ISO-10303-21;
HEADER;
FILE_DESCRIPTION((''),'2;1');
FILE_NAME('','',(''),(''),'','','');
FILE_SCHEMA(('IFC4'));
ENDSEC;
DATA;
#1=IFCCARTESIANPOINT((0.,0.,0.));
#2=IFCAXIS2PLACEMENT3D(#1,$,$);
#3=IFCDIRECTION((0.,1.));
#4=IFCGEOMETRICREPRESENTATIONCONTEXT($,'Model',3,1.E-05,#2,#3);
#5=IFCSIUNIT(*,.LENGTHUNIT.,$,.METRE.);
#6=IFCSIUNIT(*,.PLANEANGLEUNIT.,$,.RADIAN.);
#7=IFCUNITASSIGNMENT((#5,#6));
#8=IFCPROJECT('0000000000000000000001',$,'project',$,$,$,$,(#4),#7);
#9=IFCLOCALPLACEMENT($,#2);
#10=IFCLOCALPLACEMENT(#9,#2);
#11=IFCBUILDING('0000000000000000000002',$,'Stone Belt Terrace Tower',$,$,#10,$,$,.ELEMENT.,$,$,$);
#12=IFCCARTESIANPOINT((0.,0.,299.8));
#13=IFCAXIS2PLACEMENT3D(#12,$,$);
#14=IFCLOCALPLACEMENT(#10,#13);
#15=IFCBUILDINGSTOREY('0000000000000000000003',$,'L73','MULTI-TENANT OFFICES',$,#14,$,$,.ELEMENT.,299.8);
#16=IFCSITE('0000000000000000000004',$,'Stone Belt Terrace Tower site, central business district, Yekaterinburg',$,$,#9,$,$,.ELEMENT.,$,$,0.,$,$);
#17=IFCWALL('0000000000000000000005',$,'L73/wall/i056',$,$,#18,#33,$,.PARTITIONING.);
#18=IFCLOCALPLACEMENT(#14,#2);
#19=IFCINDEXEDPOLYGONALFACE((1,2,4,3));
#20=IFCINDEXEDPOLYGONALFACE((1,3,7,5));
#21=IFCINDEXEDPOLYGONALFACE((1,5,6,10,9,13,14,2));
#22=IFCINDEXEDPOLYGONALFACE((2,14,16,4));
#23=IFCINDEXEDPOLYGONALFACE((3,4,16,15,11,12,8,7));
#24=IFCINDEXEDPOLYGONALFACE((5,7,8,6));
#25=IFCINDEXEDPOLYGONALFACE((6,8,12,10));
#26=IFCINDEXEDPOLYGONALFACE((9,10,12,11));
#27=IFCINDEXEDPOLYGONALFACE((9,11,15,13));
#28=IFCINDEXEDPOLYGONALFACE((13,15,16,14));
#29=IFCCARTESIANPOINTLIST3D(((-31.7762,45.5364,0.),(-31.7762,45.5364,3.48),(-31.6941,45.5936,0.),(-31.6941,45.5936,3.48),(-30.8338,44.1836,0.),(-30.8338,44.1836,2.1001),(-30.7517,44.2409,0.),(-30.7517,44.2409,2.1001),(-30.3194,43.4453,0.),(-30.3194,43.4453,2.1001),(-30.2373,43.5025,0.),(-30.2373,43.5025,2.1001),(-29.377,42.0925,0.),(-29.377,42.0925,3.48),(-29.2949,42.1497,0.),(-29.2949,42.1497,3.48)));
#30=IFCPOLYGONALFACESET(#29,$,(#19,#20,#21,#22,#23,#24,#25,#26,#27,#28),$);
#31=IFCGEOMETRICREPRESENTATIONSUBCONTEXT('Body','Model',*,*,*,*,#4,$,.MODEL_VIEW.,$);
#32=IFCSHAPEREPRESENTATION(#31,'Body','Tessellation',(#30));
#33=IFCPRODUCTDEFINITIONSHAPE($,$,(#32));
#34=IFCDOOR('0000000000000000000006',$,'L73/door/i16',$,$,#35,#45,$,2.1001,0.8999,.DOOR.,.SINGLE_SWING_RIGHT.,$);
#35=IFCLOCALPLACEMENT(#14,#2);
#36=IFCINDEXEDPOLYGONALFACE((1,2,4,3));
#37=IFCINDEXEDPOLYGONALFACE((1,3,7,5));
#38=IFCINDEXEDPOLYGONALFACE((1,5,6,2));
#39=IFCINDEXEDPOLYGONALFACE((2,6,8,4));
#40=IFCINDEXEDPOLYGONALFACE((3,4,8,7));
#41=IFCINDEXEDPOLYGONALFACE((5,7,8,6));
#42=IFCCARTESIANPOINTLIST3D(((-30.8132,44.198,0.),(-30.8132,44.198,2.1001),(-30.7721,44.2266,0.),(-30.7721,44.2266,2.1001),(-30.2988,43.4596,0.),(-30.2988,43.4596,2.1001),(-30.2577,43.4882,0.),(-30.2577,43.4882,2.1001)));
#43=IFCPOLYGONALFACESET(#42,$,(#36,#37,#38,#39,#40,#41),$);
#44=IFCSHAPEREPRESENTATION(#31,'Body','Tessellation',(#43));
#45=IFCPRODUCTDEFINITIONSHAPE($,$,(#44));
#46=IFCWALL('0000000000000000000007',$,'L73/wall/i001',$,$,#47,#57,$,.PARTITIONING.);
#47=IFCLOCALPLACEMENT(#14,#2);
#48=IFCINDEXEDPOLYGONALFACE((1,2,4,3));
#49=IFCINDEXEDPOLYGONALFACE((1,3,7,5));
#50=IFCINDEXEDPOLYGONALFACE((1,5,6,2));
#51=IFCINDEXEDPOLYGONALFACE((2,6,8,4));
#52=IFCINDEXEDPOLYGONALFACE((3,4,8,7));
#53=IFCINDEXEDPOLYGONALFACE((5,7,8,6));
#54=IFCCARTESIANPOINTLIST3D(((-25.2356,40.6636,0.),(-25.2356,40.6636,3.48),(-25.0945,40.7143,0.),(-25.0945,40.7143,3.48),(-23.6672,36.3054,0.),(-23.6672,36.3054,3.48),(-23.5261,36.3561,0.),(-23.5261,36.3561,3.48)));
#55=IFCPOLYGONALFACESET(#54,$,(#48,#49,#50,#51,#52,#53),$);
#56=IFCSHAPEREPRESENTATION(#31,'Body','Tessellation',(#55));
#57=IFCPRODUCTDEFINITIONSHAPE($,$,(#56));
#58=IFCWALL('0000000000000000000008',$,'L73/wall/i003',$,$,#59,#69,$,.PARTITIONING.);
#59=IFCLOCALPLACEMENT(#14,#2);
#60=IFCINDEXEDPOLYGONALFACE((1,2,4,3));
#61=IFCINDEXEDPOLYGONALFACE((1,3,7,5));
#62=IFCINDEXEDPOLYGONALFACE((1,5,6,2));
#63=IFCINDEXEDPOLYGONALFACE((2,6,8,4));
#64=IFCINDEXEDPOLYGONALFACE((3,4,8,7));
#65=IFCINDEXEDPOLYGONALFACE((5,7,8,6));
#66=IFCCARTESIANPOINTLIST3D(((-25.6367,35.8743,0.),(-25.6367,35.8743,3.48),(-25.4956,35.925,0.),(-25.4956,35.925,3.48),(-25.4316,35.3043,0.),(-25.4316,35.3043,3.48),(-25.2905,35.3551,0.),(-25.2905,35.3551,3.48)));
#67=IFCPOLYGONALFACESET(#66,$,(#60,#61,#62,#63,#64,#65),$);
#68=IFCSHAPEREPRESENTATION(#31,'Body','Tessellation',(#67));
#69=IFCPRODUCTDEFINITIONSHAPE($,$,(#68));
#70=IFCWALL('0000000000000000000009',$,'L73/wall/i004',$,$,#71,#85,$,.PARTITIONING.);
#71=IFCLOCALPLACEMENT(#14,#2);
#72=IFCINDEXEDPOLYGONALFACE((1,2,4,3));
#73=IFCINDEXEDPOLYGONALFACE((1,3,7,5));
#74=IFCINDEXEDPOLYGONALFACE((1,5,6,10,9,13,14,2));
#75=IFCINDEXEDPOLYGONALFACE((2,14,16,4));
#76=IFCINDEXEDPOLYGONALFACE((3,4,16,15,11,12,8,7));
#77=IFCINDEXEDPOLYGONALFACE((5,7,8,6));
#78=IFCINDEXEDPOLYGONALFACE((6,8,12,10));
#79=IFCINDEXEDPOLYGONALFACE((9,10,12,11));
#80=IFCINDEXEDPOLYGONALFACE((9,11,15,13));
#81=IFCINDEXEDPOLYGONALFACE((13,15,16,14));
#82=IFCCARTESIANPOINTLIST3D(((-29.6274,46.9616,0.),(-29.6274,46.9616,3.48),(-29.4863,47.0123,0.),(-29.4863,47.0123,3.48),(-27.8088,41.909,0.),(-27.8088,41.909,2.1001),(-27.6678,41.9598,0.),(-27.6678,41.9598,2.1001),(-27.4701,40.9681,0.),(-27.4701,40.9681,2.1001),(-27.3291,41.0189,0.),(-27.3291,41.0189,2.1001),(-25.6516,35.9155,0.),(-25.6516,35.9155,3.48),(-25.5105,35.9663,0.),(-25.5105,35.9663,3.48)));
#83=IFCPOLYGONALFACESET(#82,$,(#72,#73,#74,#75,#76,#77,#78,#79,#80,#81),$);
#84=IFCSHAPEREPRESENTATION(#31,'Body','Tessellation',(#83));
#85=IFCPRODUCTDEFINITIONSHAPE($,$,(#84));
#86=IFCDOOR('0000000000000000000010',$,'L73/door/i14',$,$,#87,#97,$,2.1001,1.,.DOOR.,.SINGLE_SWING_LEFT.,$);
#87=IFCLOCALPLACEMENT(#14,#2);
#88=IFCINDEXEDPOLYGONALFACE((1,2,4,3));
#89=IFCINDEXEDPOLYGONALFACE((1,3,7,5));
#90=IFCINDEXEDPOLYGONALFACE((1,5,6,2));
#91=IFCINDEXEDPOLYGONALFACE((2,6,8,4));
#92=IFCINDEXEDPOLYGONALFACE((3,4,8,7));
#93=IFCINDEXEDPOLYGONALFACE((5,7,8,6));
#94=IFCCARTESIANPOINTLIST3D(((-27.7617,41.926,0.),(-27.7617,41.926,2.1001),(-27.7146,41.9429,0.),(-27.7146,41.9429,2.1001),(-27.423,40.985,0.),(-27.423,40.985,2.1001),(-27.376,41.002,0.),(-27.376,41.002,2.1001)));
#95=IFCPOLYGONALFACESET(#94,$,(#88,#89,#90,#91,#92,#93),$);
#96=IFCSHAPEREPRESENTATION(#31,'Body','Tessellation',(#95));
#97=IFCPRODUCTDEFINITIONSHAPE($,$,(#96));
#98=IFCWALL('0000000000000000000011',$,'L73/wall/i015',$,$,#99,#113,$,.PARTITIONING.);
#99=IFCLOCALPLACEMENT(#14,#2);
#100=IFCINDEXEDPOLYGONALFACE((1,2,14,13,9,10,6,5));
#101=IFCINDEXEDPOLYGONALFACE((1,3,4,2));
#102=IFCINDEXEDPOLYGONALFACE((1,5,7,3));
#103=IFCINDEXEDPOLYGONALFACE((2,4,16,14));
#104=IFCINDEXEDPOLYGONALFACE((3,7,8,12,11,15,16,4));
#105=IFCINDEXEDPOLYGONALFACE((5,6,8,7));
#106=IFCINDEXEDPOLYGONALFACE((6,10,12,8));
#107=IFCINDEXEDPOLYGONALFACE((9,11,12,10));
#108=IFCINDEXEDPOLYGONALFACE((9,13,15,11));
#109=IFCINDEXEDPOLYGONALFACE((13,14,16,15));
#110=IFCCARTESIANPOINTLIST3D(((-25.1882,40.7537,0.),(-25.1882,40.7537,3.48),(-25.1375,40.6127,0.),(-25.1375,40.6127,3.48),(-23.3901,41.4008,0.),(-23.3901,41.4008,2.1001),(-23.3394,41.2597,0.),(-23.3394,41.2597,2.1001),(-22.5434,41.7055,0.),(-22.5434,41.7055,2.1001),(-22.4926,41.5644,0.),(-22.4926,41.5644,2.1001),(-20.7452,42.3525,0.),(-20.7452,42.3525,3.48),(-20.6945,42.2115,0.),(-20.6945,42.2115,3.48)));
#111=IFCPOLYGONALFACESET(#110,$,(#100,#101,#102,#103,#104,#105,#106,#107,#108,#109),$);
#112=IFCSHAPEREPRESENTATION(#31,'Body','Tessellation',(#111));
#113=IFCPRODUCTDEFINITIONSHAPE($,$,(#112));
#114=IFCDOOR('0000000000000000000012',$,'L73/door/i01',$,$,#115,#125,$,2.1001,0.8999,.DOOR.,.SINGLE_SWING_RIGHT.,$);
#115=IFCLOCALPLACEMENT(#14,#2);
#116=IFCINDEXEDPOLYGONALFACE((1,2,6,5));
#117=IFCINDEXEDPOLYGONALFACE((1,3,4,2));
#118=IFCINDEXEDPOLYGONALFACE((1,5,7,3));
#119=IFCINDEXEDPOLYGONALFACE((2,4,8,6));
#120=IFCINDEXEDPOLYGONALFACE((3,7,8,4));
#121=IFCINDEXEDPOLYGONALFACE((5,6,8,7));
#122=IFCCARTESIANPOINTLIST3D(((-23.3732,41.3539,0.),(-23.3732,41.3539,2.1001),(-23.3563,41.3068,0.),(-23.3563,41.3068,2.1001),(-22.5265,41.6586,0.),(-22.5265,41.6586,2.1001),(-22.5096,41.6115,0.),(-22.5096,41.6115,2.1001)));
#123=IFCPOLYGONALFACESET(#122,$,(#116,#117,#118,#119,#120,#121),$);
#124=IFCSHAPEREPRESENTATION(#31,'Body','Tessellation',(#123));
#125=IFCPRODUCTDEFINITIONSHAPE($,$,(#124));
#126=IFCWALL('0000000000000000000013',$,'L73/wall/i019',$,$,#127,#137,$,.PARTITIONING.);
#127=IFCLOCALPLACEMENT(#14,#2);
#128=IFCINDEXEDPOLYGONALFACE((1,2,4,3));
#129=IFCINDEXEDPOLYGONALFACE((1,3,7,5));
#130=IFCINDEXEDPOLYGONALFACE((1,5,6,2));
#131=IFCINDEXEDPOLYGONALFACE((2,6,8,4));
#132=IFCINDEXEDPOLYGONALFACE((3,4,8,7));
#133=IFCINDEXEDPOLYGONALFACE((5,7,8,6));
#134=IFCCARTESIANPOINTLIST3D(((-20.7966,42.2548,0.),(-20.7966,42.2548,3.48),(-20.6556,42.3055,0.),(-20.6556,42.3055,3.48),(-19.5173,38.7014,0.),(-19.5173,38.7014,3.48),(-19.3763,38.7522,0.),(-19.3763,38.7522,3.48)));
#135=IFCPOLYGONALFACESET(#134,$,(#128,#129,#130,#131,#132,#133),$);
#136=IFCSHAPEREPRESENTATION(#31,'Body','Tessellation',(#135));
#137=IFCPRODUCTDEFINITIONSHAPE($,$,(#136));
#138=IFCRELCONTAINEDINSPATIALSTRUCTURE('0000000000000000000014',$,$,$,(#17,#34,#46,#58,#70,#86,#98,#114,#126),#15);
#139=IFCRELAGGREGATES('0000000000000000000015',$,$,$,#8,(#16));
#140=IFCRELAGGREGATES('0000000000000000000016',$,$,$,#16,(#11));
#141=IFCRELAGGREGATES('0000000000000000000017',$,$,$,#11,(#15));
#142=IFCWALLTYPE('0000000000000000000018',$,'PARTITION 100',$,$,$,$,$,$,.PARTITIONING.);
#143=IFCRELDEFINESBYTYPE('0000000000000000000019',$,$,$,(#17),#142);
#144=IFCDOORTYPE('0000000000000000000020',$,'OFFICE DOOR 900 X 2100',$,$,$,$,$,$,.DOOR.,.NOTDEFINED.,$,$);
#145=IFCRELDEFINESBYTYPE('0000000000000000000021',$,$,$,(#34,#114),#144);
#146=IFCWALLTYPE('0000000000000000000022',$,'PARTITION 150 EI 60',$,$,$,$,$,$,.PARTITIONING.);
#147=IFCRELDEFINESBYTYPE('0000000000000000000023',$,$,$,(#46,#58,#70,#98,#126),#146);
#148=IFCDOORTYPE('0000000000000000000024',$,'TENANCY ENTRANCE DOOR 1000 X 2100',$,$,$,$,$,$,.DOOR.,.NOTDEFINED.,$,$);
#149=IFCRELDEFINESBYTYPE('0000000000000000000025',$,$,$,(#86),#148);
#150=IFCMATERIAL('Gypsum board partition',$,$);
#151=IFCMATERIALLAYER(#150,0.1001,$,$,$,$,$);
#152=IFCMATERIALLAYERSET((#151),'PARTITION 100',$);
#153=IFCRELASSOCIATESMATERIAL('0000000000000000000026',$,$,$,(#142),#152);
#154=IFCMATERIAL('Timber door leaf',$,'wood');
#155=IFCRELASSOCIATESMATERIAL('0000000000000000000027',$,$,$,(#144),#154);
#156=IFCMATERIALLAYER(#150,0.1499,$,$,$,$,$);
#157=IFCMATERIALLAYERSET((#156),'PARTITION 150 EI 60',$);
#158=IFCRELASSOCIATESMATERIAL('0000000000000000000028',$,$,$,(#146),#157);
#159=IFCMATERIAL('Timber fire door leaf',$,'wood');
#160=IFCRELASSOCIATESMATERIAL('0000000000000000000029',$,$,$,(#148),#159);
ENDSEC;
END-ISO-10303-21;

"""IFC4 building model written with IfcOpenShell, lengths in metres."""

from ifc_helpers import new_model, si_unit, direction, frame, frame_2d, origin, place, context, subcontext, project, spatial, rectangle, extrude, material, layer, layer_set, type_object, element, fill, save


model = new_model("IFC4")

# Units and contexts
model_context = context("Model", 3, precision=1e-05, world=origin(), true_north=direction((0.0, 1.0)))
body_context = subcontext(model_context, "Body", "Model", "MODEL_VIEW")
ifc_project = project(units=[si_unit("LENGTHUNIT", "METRE"), si_unit("PLANEANGLEUNIT", "RADIAN")], contexts=[model_context])

# Site, building, storey
site_placement = place(None, origin())
site = spatial("IfcSite", under=ifc_project, at=site_placement, Name="Stone Belt Terrace Tower site, central business district, Yekaterinburg", CompositionType="ELEMENT", RefElevation=0.0)
building_placement = place(site_placement, origin())
building = spatial("IfcBuilding", under=site, at=building_placement, Name="Stone Belt Terrace Tower", CompositionType="ELEMENT")
storey_placement = place(building_placement, frame((0.0, 0.0, 299.8)))
storey = spatial("IfcBuildingStorey", under=building, at=storey_placement, Name="L73", Description="MULTI-TENANT OFFICES", CompositionType="ELEMENT", Elevation=299.8)

# Shared definitions
ifc_material_1 = material(Name="Timber door leaf", Category="wood")

# Shared definitions
ifc_material_2 = material(Name="Gypsum board partition")
ifc_layer_1 = layer(ifc_material_2, 0.1001)
ifc_layer_set_1 = layer_set([ifc_layer_1], Name="PARTITION 100")
wall_type_1 = type_object("IfcWallType", Name="PARTITION 100", PredefinedType="PARTITIONING", material=ifc_layer_set_1)

# Wall, opening, door
wall_1_placement = place(storey_placement, frame((-29.3359, 42.1211, 0.0), z_axis=(0.0, 0.0, 1.0), x_axis=(-0.571618, 0.82052, 0.0)))
wall_1 = element("IfcWall", 1, at=wall_1_placement, inside=storey, type_object=wall_type_1, Name="L73/wall/i056", PredefinedType="PARTITIONING", context=body_context, shape_type="SweptSolid", body=[
    extrude(rectangle(XDim=4.1973, YDim=0.1001, at=frame_2d((2.0986, 0.0))), origin(), (0.0, 0.0, 1.0), 3.48),
])
opening_1_placement = place(wall_1_placement, frame((1.6487, 0.0, 0.0)))
opening_1 = element("IfcOpeningElement", 2, at=opening_1_placement, cuts=wall_1, PredefinedType="OPENING", context=body_context, shape_type="SweptSolid", body=[
    extrude(rectangle(XDim=0.8999, YDim=2.1001, at=frame_2d((0.45, 1.05))), frame((0.0, 0.0601, 0.0), z_axis=(0.0, -1.0, 0.0), x_axis=(1.0, 0.0, 0.0)), (0.0, 0.0, 1.0), 0.1201),
])
door_type_1 = type_object("IfcDoorType", Name="OFFICE DOOR 900 X 2100", OperationType="NOTDEFINED", PredefinedType="DOOR", material=ifc_material_1)
door_1_placement = place(opening_1_placement, origin())
door_1 = element("IfcDoor", 3, at=door_1_placement, inside=storey, type_object=door_type_1, Name="L73/door/i16", OperationType="SINGLE_SWING_RIGHT", OverallHeight=2.1001, OverallWidth=0.8999, PredefinedType="DOOR", context=body_context, shape_type="SweptSolid", body=[
    extrude(rectangle(XDim=0.8999, YDim=2.1001, at=frame_2d((0.45, 1.05))), frame((0.0, 0.0249, 0.0), z_axis=(0.0, -1.0, 0.0), x_axis=(1.0, 0.0, 0.0)), (0.0, 0.0, 1.0), 0.05),
])
fill(opening_1, door_1)

# Walls
ifc_layer_2 = layer(ifc_material_2, 0.1499)
ifc_layer_set_2 = layer_set([ifc_layer_2], Name="PARTITION 150 EI 60")
wall_type_2 = type_object("IfcWallType", Name="PARTITION 150 EI 60", PredefinedType="PARTITIONING", material=ifc_layer_set_2)
wall_2_placement = place(storey_placement, frame((-25.165, 40.689, 0.0), z_axis=(0.0, 0.0, 1.0), x_axis=(0.338609, -0.940927, 0.0)))
element("IfcWall", 4, at=wall_2_placement, inside=storey, type_object=wall_type_2, Name="L73/wall/i001", PredefinedType="PARTITIONING", context=body_context, shape_type="SweptSolid", body=[
    extrude(rectangle(XDim=4.6318, YDim=0.1499, at=frame_2d((2.3159, 0.0))), origin(), (0.0, 0.0, 1.0), 3.48),
])
wall_3_placement = place(storey_placement, frame((-25.3611, 35.3298, 0.0), z_axis=(0.0, 0.0, 1.0), x_axis=(-0.338634, 0.940918, 0.0)))
element("IfcWall", 5, at=wall_3_placement, inside=storey, type_object=wall_type_2, Name="L73/wall/i003", PredefinedType="PARTITIONING", context=body_context, shape_type="SweptSolid", body=[
    extrude(rectangle(XDim=0.6057, YDim=0.1499, at=frame_2d((0.3027, 0.0))), origin(), (0.0, 0.0, 1.0), 3.48),
])

# Walls, openings, doors
wall_4_placement = place(storey_placement, frame((-25.5811, 35.9409, 0.0), z_axis=(0.0, 0.0, 1.0), x_axis=(-0.338661, 0.940909, 0.0)))
wall_4 = element("IfcWall", 6, at=wall_4_placement, inside=storey, type_object=wall_type_2, Name="L73/wall/i004", PredefinedType="PARTITIONING", context=body_context, shape_type="SweptSolid", body=[
    extrude(rectangle(XDim=11.7397, YDim=0.1499, at=frame_2d((5.8699, 0.0))), origin(), (0.0, 0.0, 1.0), 3.48),
])
opening_2_placement = place(wall_4_placement, frame((5.3699, 0.0, 0.0)))
opening_2 = element("IfcOpeningElement", 7, at=opening_2_placement, cuts=wall_4, PredefinedType="OPENING", context=body_context, shape_type="SweptSolid", body=[
    extrude(rectangle(XDim=1.0, YDim=2.1001, at=frame_2d((0.5, 1.05))), frame((0.0, 0.085, 0.0), z_axis=(0.0, -1.0, 0.0), x_axis=(1.0, 0.0, 0.0)), (0.0, 0.0, 1.0), 0.1699),
])
ifc_material_3 = material(Name="Timber fire door leaf", Category="wood")
door_type_2 = type_object("IfcDoorType", Name="TENANCY ENTRANCE DOOR 1000 X 2100", OperationType="NOTDEFINED", PredefinedType="DOOR", material=ifc_material_3)
door_2_placement = place(opening_2_placement, origin())
door_2 = element("IfcDoor", 8, at=door_2_placement, inside=storey, type_object=door_type_2, Name="L73/door/i14", OperationType="SINGLE_SWING_LEFT", OverallHeight=2.1001, OverallWidth=1.0, PredefinedType="DOOR", context=body_context, shape_type="SweptSolid", body=[
    extrude(rectangle(XDim=1.0, YDim=2.1001, at=frame_2d((0.5, 1.05))), frame((0.0, 0.0249, 0.0), z_axis=(0.0, -1.0, 0.0), x_axis=(1.0, 0.0, 0.0)), (0.0, 0.0, 1.0), 0.05),
])
fill(opening_2, door_2)
wall_5_placement = place(storey_placement, frame((-20.72, 42.282, 0.0), z_axis=(0.0, 0.0, 1.0), x_axis=(-0.940931, -0.338599, 0.0)))
wall_5 = element("IfcWall", 9, at=wall_5_placement, inside=storey, type_object=wall_type_2, Name="L73/wall/i015", PredefinedType="PARTITIONING", context=body_context, shape_type="SweptSolid", body=[
    extrude(rectangle(XDim=4.7219, YDim=0.1499, at=frame_2d((2.3608, 0.0))), origin(), (0.0, 0.0, 1.0), 3.48),
])
opening_3_placement = place(wall_5_placement, frame((1.9109, 0.0, 0.0)))
opening_3 = element("IfcOpeningElement", 10, at=opening_3_placement, cuts=wall_5, PredefinedType="OPENING", context=body_context, shape_type="SweptSolid", body=[
    extrude(rectangle(XDim=0.8999, YDim=2.1001, at=frame_2d((0.45, 1.05))), frame((0.0, 0.085, 0.0), z_axis=(0.0, -1.0, 0.0), x_axis=(1.0, 0.0, 0.0)), (0.0, 0.0, 1.0), 0.1699),
])
door_3_placement = place(opening_3_placement, origin())
door_3 = element("IfcDoor", 11, at=door_3_placement, inside=storey, type_object=door_type_1, Name="L73/door/i01", OperationType="SINGLE_SWING_RIGHT", OverallHeight=2.1001, OverallWidth=0.8999, PredefinedType="DOOR", context=body_context, shape_type="SweptSolid", body=[
    extrude(rectangle(XDim=0.8999, YDim=2.1001, at=frame_2d((0.45, 1.05))), frame((0.0, 0.0249, 0.0), z_axis=(0.0, -1.0, 0.0), x_axis=(1.0, 0.0, 0.0)), (0.0, 0.0, 1.0), 0.05),
])
fill(opening_3, door_3)

# Wall
wall_6_placement = place(storey_placement, frame((-20.7261, 42.28, 0.0), z_axis=(0.0, 0.0, 1.0), x_axis=(0.338752, -0.940876, 0.0)))
element("IfcWall", 12, at=wall_6_placement, inside=storey, type_object=wall_type_2, Name="L73/wall/i019", PredefinedType="PARTITIONING", context=body_context, shape_type="SweptSolid", body=[
    extrude(rectangle(XDim=3.7766, YDim=0.1499, at=frame_2d((1.8882, 0.0))), origin(), (0.0, 0.0, 1.0), 3.48),
])

save(model, "model.ifc")
